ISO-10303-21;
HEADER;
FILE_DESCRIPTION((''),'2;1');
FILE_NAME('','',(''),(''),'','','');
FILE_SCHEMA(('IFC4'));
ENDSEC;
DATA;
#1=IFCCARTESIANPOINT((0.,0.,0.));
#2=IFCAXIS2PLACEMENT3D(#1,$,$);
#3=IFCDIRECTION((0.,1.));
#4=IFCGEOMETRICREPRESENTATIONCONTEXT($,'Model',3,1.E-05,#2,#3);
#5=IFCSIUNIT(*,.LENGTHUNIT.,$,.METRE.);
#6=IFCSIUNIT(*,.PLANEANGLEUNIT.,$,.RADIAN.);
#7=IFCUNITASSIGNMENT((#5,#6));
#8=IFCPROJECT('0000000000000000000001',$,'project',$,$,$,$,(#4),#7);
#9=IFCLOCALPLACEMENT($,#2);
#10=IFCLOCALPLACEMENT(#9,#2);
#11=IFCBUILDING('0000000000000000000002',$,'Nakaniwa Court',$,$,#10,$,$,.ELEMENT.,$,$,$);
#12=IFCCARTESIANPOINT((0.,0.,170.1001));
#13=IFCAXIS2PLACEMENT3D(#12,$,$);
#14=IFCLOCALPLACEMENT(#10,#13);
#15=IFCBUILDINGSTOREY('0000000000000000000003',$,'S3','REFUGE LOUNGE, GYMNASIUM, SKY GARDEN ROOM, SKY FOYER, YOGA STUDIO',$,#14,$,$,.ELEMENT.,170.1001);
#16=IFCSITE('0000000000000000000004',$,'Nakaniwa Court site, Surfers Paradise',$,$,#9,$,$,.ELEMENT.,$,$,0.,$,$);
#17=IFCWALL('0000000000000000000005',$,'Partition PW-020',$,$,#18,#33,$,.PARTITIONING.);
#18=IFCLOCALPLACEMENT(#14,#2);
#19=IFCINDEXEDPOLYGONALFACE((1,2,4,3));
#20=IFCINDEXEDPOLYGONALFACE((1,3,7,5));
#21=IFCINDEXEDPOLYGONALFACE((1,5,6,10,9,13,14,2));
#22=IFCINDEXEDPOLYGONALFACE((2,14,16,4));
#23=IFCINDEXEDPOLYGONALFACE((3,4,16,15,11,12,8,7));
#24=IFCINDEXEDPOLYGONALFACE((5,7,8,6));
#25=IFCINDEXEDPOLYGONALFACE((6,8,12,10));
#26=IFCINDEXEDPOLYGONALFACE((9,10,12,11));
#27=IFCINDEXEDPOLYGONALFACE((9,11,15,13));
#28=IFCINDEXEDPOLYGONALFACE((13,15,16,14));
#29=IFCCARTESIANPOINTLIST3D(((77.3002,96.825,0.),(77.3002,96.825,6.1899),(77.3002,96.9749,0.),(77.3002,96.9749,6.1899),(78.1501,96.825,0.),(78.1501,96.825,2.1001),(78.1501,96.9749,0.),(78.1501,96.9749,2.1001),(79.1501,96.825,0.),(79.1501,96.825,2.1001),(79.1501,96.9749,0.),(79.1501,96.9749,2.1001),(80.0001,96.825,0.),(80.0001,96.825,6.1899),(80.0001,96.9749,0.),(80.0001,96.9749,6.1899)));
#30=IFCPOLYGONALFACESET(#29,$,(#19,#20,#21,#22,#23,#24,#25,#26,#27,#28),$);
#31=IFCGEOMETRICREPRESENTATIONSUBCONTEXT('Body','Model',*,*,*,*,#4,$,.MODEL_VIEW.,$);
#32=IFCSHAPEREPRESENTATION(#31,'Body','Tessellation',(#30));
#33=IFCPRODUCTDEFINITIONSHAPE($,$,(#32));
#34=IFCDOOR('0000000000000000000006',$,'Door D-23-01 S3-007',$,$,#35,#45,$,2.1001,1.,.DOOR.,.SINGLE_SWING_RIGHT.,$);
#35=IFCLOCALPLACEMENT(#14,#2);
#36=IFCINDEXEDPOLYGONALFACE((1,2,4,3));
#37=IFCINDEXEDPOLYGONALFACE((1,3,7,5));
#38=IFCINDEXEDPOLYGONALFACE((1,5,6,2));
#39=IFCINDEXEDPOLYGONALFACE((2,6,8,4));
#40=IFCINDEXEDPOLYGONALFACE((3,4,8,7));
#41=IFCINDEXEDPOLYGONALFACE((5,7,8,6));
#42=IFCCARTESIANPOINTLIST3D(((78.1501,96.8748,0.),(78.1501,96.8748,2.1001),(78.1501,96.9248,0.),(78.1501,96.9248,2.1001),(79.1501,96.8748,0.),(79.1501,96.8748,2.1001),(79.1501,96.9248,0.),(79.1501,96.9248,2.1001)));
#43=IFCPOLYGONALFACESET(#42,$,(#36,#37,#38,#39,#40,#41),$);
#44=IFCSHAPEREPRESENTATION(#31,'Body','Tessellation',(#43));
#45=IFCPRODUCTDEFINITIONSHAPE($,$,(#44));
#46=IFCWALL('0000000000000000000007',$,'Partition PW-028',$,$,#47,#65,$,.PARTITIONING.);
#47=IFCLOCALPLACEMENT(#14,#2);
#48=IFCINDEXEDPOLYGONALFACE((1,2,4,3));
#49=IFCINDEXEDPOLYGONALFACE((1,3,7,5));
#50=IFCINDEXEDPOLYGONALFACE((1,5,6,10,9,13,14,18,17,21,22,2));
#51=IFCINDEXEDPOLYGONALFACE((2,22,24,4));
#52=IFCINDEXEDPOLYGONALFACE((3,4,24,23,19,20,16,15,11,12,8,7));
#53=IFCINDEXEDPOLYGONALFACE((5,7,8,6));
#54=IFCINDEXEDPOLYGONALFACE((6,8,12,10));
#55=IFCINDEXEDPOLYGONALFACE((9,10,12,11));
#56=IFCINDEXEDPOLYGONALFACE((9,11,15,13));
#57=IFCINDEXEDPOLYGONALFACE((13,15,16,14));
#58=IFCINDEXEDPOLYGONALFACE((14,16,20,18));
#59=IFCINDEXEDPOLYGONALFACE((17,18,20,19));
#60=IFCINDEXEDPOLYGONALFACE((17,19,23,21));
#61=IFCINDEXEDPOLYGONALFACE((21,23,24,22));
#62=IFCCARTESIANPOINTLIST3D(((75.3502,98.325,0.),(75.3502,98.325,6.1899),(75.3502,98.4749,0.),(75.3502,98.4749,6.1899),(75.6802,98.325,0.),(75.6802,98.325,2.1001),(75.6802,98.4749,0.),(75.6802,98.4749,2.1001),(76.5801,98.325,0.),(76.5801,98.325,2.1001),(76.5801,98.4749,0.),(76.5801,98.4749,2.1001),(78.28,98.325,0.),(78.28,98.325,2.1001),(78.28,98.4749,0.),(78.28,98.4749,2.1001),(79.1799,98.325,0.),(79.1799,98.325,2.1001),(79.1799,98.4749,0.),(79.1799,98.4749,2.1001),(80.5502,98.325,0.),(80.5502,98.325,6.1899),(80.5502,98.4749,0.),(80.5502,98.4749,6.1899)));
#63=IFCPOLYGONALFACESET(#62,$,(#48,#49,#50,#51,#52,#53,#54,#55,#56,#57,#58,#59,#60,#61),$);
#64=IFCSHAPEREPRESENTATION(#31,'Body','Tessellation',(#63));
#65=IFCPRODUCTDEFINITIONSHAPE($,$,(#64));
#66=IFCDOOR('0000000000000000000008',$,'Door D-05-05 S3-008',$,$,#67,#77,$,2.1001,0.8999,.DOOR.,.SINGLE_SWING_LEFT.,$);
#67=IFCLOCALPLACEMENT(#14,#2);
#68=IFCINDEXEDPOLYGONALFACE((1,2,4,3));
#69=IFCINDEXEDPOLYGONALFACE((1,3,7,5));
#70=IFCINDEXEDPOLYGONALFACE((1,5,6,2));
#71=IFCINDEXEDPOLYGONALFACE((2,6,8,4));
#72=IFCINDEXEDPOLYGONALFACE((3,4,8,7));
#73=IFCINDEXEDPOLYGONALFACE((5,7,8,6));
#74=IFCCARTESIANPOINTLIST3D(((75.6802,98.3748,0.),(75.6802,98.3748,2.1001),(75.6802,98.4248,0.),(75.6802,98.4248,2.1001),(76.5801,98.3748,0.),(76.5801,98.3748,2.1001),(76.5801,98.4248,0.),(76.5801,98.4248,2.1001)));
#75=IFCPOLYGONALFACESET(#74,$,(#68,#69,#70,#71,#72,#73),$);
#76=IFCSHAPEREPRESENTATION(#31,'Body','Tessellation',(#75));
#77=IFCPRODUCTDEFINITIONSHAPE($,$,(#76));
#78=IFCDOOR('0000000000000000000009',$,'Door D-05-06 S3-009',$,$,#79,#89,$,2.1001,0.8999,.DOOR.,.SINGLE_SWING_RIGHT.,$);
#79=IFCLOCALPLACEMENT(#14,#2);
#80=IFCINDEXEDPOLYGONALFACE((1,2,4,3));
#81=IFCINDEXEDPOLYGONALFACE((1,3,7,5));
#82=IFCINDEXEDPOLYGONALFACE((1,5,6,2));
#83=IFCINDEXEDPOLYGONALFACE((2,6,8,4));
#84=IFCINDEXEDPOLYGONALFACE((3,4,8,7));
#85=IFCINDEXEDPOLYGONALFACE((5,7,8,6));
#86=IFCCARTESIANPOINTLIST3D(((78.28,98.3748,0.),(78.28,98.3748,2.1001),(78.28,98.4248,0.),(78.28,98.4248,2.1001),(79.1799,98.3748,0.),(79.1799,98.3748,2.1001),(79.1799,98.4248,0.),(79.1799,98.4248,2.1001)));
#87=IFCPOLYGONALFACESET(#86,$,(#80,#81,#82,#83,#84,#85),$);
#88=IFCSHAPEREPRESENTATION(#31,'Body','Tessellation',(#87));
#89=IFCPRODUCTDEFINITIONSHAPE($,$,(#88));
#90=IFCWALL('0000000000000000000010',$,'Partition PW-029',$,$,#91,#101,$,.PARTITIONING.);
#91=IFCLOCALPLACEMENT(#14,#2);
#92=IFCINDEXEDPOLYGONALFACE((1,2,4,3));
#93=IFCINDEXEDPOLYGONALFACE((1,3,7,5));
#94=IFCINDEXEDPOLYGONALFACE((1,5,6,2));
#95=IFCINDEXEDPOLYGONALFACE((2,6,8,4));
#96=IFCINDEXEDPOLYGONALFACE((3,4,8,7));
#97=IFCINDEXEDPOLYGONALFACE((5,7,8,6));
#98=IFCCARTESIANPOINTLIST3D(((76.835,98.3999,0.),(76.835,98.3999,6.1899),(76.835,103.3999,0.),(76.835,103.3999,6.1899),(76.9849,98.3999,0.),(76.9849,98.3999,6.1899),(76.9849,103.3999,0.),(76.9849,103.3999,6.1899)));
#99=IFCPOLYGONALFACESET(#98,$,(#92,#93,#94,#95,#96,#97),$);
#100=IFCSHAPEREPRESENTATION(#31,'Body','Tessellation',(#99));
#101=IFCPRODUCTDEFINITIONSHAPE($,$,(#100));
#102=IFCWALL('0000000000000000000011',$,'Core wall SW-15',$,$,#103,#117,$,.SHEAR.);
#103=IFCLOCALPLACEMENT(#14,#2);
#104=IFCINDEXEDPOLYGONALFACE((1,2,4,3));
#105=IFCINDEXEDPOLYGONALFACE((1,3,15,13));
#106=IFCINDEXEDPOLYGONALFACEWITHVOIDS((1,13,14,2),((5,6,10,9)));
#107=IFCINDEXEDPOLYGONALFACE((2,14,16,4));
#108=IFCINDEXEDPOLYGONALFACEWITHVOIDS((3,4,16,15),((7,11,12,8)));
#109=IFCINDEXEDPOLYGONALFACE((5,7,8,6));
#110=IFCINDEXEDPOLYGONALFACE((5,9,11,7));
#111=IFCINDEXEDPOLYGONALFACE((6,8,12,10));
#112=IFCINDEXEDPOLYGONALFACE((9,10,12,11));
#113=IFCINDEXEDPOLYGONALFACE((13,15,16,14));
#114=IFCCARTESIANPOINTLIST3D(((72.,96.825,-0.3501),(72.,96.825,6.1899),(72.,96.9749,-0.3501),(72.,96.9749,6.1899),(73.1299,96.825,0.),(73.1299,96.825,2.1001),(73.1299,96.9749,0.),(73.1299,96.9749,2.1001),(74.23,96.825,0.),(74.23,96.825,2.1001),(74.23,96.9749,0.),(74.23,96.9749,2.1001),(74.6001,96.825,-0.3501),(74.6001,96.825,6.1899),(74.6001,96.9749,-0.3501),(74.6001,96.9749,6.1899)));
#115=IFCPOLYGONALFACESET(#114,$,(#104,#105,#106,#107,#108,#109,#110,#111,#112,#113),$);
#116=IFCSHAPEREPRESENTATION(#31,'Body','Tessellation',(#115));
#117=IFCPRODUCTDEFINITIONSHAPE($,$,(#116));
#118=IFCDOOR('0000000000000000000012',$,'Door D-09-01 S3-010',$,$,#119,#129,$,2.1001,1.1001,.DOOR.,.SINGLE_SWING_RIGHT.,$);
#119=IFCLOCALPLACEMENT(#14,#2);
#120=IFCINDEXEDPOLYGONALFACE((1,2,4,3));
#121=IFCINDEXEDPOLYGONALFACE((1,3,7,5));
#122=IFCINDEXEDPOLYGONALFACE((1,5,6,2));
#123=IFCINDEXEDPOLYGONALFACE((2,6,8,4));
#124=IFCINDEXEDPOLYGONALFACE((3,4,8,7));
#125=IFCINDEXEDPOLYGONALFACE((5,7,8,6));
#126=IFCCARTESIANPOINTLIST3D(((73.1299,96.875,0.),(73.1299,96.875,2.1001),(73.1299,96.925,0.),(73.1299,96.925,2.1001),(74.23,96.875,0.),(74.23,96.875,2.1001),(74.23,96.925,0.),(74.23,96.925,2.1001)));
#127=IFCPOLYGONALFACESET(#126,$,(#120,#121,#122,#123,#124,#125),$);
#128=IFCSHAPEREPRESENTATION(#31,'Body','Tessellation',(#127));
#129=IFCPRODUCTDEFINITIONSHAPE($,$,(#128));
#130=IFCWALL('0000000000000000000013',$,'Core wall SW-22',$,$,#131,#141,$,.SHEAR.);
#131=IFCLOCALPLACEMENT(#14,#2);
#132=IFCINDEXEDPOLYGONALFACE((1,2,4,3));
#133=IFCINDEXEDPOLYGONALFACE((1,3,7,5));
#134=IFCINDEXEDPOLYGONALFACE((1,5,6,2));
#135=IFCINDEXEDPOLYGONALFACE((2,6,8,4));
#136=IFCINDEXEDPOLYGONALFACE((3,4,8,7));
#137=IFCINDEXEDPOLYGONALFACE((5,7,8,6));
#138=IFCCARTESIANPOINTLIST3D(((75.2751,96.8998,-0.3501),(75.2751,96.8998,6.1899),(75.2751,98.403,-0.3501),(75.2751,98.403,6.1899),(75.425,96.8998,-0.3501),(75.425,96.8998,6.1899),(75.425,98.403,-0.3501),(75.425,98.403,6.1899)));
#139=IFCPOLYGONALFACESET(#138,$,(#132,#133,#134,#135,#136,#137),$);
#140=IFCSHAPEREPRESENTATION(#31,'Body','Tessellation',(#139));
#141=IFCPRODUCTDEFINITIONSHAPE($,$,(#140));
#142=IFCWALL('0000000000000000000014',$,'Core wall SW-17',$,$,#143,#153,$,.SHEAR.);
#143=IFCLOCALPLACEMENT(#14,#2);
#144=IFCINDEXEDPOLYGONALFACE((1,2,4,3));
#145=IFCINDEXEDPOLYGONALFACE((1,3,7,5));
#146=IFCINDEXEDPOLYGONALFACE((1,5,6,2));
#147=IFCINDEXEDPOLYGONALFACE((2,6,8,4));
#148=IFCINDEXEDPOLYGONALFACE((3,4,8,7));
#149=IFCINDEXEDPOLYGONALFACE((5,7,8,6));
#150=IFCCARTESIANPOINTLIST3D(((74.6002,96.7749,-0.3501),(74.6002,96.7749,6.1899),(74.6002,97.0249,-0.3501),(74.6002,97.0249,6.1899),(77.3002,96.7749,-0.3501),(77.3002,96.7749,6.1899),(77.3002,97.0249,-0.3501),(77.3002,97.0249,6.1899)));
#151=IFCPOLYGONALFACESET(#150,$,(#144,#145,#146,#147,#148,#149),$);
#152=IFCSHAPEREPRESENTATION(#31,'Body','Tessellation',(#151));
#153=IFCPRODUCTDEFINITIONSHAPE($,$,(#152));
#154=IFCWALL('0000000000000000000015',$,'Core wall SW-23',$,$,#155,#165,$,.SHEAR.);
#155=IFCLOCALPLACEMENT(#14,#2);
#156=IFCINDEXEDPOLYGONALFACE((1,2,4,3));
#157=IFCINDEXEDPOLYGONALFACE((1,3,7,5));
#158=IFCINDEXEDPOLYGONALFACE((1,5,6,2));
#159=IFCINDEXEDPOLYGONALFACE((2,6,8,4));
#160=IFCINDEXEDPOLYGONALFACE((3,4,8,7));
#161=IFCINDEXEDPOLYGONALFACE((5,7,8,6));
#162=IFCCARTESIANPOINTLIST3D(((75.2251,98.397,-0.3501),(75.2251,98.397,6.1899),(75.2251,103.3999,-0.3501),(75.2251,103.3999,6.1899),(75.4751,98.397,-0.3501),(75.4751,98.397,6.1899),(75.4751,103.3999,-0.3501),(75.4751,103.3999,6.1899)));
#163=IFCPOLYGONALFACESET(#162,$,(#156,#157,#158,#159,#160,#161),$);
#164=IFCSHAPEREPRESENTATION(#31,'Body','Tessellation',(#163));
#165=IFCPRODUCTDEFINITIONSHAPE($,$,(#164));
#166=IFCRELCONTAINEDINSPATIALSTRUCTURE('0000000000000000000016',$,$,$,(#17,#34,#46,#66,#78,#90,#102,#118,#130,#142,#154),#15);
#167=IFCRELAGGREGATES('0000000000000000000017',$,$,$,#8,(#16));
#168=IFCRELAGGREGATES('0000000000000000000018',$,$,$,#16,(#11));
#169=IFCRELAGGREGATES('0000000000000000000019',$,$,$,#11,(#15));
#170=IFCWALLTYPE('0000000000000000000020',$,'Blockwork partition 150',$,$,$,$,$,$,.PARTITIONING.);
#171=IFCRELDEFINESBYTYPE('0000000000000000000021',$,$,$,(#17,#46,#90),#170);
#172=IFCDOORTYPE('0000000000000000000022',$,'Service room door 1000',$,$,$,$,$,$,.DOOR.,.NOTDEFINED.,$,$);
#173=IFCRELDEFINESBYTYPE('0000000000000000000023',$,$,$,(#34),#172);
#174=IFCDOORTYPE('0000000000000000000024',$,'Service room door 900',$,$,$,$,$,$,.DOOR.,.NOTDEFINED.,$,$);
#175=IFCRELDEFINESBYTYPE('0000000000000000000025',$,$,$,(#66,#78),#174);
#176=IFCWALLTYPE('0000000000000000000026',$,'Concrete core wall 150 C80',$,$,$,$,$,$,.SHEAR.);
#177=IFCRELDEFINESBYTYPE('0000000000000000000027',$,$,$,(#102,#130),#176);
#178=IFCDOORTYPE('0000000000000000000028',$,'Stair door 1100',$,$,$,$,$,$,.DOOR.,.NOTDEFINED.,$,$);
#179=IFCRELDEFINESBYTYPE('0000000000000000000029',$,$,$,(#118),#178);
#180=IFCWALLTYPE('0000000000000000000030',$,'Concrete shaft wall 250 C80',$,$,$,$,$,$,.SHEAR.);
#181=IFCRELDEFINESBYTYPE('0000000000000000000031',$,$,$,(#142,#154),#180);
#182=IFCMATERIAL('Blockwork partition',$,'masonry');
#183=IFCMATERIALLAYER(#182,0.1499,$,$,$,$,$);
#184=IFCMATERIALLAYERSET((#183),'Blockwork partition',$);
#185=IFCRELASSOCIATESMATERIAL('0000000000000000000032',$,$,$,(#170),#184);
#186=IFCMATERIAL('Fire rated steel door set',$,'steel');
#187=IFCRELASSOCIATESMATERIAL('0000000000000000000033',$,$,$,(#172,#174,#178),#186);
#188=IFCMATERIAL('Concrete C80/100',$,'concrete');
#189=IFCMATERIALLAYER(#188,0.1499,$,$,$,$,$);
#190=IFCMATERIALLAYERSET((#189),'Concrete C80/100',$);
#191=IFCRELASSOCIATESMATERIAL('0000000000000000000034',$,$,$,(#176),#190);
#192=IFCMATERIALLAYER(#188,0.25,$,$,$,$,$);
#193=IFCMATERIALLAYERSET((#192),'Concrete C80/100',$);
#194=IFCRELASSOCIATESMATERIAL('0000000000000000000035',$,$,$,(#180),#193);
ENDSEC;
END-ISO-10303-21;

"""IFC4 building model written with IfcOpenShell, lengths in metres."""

from ifc_helpers import new_model, si_unit, direction, frame, frame_2d, origin, place, context, subcontext, project, spatial, rectangle, extrude, material, layer, layer_set, type_object, element, fill, save


model = new_model("IFC4")

# Units and contexts
model_context = context("Model", 3, precision=1e-05, world=origin(), true_north=direction((0.0, 1.0)))
body_context = subcontext(model_context, "Body", "Model", "MODEL_VIEW")
ifc_project = project(units=[si_unit("LENGTHUNIT", "METRE"), si_unit("PLANEANGLEUNIT", "RADIAN")], contexts=[model_context])

# Site, building, storey
site_placement = place(None, origin())
site = spatial("IfcSite", under=ifc_project, at=site_placement, Name="Nakaniwa Court site, Surfers Paradise", CompositionType="ELEMENT", RefElevation=0.0)
building_placement = place(site_placement, origin())
building = spatial("IfcBuilding", under=site, at=building_placement, Name="Nakaniwa Court", CompositionType="ELEMENT")
storey_placement = place(building_placement, frame((0.0, 0.0, 170.1001)))
storey = spatial("IfcBuildingStorey", under=building, at=storey_placement, Name="S3", Description="REFUGE LOUNGE, GYMNASIUM, SKY GARDEN ROOM, SKY FOYER, YOGA STUDIO", CompositionType="ELEMENT", Elevation=170.1001)

# Wall, opening, door
ifc_material_1 = material(Name="Blockwork partition", Category="masonry")
ifc_layer_1 = layer(ifc_material_1, 0.1499)
ifc_layer_set_1 = layer_set([ifc_layer_1], Name="Blockwork partition")
wall_type_1 = type_object("IfcWallType", Name="Blockwork partition 150", PredefinedType="PARTITIONING", material=ifc_layer_set_1)
wall_1_placement = place(storey_placement, frame((77.3, 96.8999, 0.0), z_axis=(0.0, 0.0, 1.0), x_axis=(1.0, 0.0, 0.0)))
wall_1 = element("IfcWall", 1, at=wall_1_placement, inside=storey, type_object=wall_type_1, Name="Partition PW-020", PredefinedType="PARTITIONING", context=body_context, shape_type="SweptSolid", body=[
    extrude(rectangle(XDim=2.7, YDim=0.1499, at=frame_2d((1.3501, 0.0))), origin(), (0.0, 0.0, 1.0), 6.1899),
])
opening_1_placement = place(wall_1_placement, frame((0.8501, 0.0, 0.0)))
opening_1 = element("IfcOpeningElement", 2, at=opening_1_placement, cuts=wall_1, PredefinedType="OPENING", context=body_context, shape_type="SweptSolid", body=[
    extrude(rectangle(XDim=1.0, YDim=2.1001, at=frame_2d((0.5, 1.05))), frame((0.0, 0.085, 0.0), z_axis=(0.0, -1.0, 0.0), x_axis=(1.0, 0.0, 0.0)), (0.0, 0.0, 1.0), 0.1699),
])
ifc_material_2 = material(Name="Fire rated steel door set", Category="steel")
door_type_1 = type_object("IfcDoorType", Name="Service room door 1000", OperationType="NOTDEFINED", PredefinedType="DOOR", material=ifc_material_2)
door_1_placement = place(opening_1_placement, origin())
door_1 = element("IfcDoor", 3, at=door_1_placement, inside=storey, type_object=door_type_1, Name="Door D-23-01 S3-007", OperationType="SINGLE_SWING_RIGHT", OverallHeight=2.1001, OverallWidth=1.0, PredefinedType="DOOR", context=body_context, shape_type="SweptSolid", body=[
    extrude(rectangle(XDim=1.0, YDim=2.1001, at=frame_2d((0.5, 1.05))), frame((0.0, 0.0249, 0.0), z_axis=(0.0, -1.0, 0.0), x_axis=(1.0, 0.0, 0.0)), (0.0, 0.0, 1.0), 0.05),
])
fill(opening_1, door_1)

# Wall, openings, doors
wall_2_placement = place(storey_placement, frame((75.3501, 98.3999, 0.0), z_axis=(0.0, 0.0, 1.0), x_axis=(1.0, 0.0, 0.0)))
wall_2 = element("IfcWall", 4, at=wall_2_placement, inside=storey, type_object=wall_type_1, Name="Partition PW-028", PredefinedType="PARTITIONING", context=body_context, shape_type="SweptSolid", body=[
    extrude(rectangle(XDim=5.2, YDim=0.1499, at=frame_2d((2.6001, 0.0))), origin(), (0.0, 0.0, 1.0), 6.1899),
])
opening_2_placement = place(wall_2_placement, frame((0.3301, 0.0, 0.0)))
opening_2 = element("IfcOpeningElement", 5, at=opening_2_placement, cuts=wall_2, PredefinedType="OPENING", context=body_context, shape_type="SweptSolid", body=[
    extrude(rectangle(XDim=0.8999, YDim=2.1001, at=frame_2d((0.45, 1.05))), frame((0.0, 0.085, 0.0), z_axis=(0.0, -1.0, 0.0), x_axis=(1.0, 0.0, 0.0)), (0.0, 0.0, 1.0), 0.1699),
])
opening_3_placement = place(wall_2_placement, frame((2.9299, 0.0, 0.0)))
opening_3 = element("IfcOpeningElement", 6, at=opening_3_placement, cuts=wall_2, PredefinedType="OPENING", context=body_context, shape_type="SweptSolid", body=[
    extrude(rectangle(XDim=0.8999, YDim=2.1001, at=frame_2d((0.45, 1.05))), frame((0.0, 0.085, 0.0), z_axis=(0.0, -1.0, 0.0), x_axis=(1.0, 0.0, 0.0)), (0.0, 0.0, 1.0), 0.1699),
])
door_type_2 = type_object("IfcDoorType", Name="Service room door 900", OperationType="NOTDEFINED", PredefinedType="DOOR", material=ifc_material_2)
door_2_placement = place(opening_2_placement, origin())
door_2 = element("IfcDoor", 7, at=door_2_placement, inside=storey, type_object=door_type_2, Name="Door D-05-05 S3-008", OperationType="SINGLE_SWING_LEFT", OverallHeight=2.1001, OverallWidth=0.8999, PredefinedType="DOOR", context=body_context, shape_type="SweptSolid", body=[
    extrude(rectangle(XDim=0.8999, YDim=2.1001, at=frame_2d((0.45, 1.05))), frame((0.0, 0.0249, 0.0), z_axis=(0.0, -1.0, 0.0), x_axis=(1.0, 0.0, 0.0)), (0.0, 0.0, 1.0), 0.05),
])
fill(opening_2, door_2)
door_3_placement = place(opening_3_placement, origin())
door_3 = element("IfcDoor", 8, at=door_3_placement, inside=storey, type_object=door_type_2, Name="Door D-05-06 S3-009", OperationType="SINGLE_SWING_RIGHT", OverallHeight=2.1001, OverallWidth=0.8999, PredefinedType="DOOR", context=body_context, shape_type="SweptSolid", body=[
    extrude(rectangle(XDim=0.8999, YDim=2.1001, at=frame_2d((0.45, 1.05))), frame((0.0, 0.0249, 0.0), z_axis=(0.0, -1.0, 0.0), x_axis=(1.0, 0.0, 0.0)), (0.0, 0.0, 1.0), 0.05),
])
fill(opening_3, door_3)

# Wall
wall_3_placement = place(storey_placement, frame((76.9099, 98.3999, 0.0), z_axis=(0.0, 0.0, 1.0), x_axis=(0.0, 1.0, 0.0)))
element("IfcWall", 9, at=wall_3_placement, inside=storey, type_object=wall_type_1, Name="Partition PW-029", PredefinedType="PARTITIONING", context=body_context, shape_type="SweptSolid", body=[
    extrude(rectangle(XDim=5.0, YDim=0.1499, at=frame_2d((2.5, 0.0))), origin(), (0.0, 0.0, 1.0), 6.1899),
])

# Wall, opening, door
ifc_material_3 = material(Name="Concrete C80/100", Category="concrete")
ifc_layer_2 = layer(ifc_material_3, 0.1499)
ifc_layer_set_2 = layer_set([ifc_layer_2], Name="Concrete C80/100")
wall_type_2 = type_object("IfcWallType", Name="Concrete core wall 150 C80", PredefinedType="SHEAR", material=ifc_layer_set_2)
wall_4_placement = place(storey_placement, frame((74.6001, 96.8999, -0.3501), z_axis=(0.0, 0.0, 1.0), x_axis=(-1.0, 0.0, 0.0)))
wall_4 = element("IfcWall", 10, at=wall_4_placement, inside=storey, type_object=wall_type_2, Name="Core wall SW-15", PredefinedType="SHEAR", context=body_context, shape_type="SweptSolid", body=[
    extrude(rectangle(XDim=2.6001, YDim=0.1499, at=frame_2d((1.3, 0.0))), origin(), (0.0, 0.0, 1.0), 6.54),
])
opening_4_placement = place(wall_4_placement, frame((0.3701, 0.0, 0.3501)))
opening_4 = element("IfcOpeningElement", 11, at=opening_4_placement, cuts=wall_4, PredefinedType="OPENING", context=body_context, shape_type="SweptSolid", body=[
    extrude(rectangle(XDim=1.1001, YDim=2.1001, at=frame_2d((0.55, 1.05))), frame((0.0, 0.085, 0.0), z_axis=(0.0, -1.0, 0.0), x_axis=(1.0, 0.0, 0.0)), (0.0, 0.0, 1.0), 0.1699),
])
door_type_3 = type_object("IfcDoorType", Name="Stair door 1100", OperationType="NOTDEFINED", PredefinedType="DOOR", material=ifc_material_2)
door_4_placement = place(opening_4_placement, origin())
door_4 = element("IfcDoor", 12, at=door_4_placement, inside=storey, type_object=door_type_3, Name="Door D-09-01 S3-010", OperationType="SINGLE_SWING_RIGHT", OverallHeight=2.1001, OverallWidth=1.1001, PredefinedType="DOOR", context=body_context, shape_type="SweptSolid", body=[
    extrude(rectangle(XDim=1.1001, YDim=2.1001, at=frame_2d((0.55, 1.05))), frame((0.0, 0.0249, 0.0), z_axis=(0.0, -1.0, 0.0), x_axis=(1.0, 0.0, 0.0)), (0.0, 0.0, 1.0), 0.05),
])
fill(opening_4, door_4)

# Walls
wall_5_placement = place(storey_placement, frame((75.3501, 96.8999, -0.3501), z_axis=(0.0, 0.0, 1.0), x_axis=(0.0, 1.0, 0.0)))
element("IfcWall", 13, at=wall_5_placement, inside=storey, type_object=wall_type_2, Name="Core wall SW-22", PredefinedType="SHEAR", context=body_context, shape_type="SweptSolid", body=[
    extrude(rectangle(XDim=1.5032, YDim=0.1499, at=frame_2d((0.7515, 0.0))), origin(), (0.0, 0.0, 1.0), 6.54),
])
ifc_layer_3 = layer(ifc_material_3, 0.25)
ifc_layer_set_3 = layer_set([ifc_layer_3], Name="Concrete C80/100")
wall_type_3 = type_object("IfcWallType", Name="Concrete shaft wall 250 C80", PredefinedType="SHEAR", material=ifc_layer_set_3)
wall_6_placement = place(storey_placement, frame((74.6001, 96.8999, -0.3501), z_axis=(0.0, 0.0, 1.0), x_axis=(1.0, 0.0, 0.0)))
element("IfcWall", 14, at=wall_6_placement, inside=storey, type_object=wall_type_3, Name="Core wall SW-17", PredefinedType="SHEAR", context=body_context, shape_type="SweptSolid", body=[
    extrude(rectangle(XDim=2.7, YDim=0.25, at=frame_2d((1.3501, 0.0))), origin(), (0.0, 0.0, 1.0), 6.54),
])
wall_7_placement = place(storey_placement, frame((75.3501, 98.397, -0.3501), z_axis=(0.0, 0.0, 1.0), x_axis=(0.0, 1.0, 0.0)))
element("IfcWall", 15, at=wall_7_placement, inside=storey, type_object=wall_type_3, Name="Core wall SW-23", PredefinedType="SHEAR", context=body_context, shape_type="SweptSolid", body=[
    extrude(rectangle(XDim=5.0029, YDim=0.25, at=frame_2d((2.5015, 0.0))), origin(), (0.0, 0.0, 1.0), 6.54),
])

save(model, "model.ifc")
